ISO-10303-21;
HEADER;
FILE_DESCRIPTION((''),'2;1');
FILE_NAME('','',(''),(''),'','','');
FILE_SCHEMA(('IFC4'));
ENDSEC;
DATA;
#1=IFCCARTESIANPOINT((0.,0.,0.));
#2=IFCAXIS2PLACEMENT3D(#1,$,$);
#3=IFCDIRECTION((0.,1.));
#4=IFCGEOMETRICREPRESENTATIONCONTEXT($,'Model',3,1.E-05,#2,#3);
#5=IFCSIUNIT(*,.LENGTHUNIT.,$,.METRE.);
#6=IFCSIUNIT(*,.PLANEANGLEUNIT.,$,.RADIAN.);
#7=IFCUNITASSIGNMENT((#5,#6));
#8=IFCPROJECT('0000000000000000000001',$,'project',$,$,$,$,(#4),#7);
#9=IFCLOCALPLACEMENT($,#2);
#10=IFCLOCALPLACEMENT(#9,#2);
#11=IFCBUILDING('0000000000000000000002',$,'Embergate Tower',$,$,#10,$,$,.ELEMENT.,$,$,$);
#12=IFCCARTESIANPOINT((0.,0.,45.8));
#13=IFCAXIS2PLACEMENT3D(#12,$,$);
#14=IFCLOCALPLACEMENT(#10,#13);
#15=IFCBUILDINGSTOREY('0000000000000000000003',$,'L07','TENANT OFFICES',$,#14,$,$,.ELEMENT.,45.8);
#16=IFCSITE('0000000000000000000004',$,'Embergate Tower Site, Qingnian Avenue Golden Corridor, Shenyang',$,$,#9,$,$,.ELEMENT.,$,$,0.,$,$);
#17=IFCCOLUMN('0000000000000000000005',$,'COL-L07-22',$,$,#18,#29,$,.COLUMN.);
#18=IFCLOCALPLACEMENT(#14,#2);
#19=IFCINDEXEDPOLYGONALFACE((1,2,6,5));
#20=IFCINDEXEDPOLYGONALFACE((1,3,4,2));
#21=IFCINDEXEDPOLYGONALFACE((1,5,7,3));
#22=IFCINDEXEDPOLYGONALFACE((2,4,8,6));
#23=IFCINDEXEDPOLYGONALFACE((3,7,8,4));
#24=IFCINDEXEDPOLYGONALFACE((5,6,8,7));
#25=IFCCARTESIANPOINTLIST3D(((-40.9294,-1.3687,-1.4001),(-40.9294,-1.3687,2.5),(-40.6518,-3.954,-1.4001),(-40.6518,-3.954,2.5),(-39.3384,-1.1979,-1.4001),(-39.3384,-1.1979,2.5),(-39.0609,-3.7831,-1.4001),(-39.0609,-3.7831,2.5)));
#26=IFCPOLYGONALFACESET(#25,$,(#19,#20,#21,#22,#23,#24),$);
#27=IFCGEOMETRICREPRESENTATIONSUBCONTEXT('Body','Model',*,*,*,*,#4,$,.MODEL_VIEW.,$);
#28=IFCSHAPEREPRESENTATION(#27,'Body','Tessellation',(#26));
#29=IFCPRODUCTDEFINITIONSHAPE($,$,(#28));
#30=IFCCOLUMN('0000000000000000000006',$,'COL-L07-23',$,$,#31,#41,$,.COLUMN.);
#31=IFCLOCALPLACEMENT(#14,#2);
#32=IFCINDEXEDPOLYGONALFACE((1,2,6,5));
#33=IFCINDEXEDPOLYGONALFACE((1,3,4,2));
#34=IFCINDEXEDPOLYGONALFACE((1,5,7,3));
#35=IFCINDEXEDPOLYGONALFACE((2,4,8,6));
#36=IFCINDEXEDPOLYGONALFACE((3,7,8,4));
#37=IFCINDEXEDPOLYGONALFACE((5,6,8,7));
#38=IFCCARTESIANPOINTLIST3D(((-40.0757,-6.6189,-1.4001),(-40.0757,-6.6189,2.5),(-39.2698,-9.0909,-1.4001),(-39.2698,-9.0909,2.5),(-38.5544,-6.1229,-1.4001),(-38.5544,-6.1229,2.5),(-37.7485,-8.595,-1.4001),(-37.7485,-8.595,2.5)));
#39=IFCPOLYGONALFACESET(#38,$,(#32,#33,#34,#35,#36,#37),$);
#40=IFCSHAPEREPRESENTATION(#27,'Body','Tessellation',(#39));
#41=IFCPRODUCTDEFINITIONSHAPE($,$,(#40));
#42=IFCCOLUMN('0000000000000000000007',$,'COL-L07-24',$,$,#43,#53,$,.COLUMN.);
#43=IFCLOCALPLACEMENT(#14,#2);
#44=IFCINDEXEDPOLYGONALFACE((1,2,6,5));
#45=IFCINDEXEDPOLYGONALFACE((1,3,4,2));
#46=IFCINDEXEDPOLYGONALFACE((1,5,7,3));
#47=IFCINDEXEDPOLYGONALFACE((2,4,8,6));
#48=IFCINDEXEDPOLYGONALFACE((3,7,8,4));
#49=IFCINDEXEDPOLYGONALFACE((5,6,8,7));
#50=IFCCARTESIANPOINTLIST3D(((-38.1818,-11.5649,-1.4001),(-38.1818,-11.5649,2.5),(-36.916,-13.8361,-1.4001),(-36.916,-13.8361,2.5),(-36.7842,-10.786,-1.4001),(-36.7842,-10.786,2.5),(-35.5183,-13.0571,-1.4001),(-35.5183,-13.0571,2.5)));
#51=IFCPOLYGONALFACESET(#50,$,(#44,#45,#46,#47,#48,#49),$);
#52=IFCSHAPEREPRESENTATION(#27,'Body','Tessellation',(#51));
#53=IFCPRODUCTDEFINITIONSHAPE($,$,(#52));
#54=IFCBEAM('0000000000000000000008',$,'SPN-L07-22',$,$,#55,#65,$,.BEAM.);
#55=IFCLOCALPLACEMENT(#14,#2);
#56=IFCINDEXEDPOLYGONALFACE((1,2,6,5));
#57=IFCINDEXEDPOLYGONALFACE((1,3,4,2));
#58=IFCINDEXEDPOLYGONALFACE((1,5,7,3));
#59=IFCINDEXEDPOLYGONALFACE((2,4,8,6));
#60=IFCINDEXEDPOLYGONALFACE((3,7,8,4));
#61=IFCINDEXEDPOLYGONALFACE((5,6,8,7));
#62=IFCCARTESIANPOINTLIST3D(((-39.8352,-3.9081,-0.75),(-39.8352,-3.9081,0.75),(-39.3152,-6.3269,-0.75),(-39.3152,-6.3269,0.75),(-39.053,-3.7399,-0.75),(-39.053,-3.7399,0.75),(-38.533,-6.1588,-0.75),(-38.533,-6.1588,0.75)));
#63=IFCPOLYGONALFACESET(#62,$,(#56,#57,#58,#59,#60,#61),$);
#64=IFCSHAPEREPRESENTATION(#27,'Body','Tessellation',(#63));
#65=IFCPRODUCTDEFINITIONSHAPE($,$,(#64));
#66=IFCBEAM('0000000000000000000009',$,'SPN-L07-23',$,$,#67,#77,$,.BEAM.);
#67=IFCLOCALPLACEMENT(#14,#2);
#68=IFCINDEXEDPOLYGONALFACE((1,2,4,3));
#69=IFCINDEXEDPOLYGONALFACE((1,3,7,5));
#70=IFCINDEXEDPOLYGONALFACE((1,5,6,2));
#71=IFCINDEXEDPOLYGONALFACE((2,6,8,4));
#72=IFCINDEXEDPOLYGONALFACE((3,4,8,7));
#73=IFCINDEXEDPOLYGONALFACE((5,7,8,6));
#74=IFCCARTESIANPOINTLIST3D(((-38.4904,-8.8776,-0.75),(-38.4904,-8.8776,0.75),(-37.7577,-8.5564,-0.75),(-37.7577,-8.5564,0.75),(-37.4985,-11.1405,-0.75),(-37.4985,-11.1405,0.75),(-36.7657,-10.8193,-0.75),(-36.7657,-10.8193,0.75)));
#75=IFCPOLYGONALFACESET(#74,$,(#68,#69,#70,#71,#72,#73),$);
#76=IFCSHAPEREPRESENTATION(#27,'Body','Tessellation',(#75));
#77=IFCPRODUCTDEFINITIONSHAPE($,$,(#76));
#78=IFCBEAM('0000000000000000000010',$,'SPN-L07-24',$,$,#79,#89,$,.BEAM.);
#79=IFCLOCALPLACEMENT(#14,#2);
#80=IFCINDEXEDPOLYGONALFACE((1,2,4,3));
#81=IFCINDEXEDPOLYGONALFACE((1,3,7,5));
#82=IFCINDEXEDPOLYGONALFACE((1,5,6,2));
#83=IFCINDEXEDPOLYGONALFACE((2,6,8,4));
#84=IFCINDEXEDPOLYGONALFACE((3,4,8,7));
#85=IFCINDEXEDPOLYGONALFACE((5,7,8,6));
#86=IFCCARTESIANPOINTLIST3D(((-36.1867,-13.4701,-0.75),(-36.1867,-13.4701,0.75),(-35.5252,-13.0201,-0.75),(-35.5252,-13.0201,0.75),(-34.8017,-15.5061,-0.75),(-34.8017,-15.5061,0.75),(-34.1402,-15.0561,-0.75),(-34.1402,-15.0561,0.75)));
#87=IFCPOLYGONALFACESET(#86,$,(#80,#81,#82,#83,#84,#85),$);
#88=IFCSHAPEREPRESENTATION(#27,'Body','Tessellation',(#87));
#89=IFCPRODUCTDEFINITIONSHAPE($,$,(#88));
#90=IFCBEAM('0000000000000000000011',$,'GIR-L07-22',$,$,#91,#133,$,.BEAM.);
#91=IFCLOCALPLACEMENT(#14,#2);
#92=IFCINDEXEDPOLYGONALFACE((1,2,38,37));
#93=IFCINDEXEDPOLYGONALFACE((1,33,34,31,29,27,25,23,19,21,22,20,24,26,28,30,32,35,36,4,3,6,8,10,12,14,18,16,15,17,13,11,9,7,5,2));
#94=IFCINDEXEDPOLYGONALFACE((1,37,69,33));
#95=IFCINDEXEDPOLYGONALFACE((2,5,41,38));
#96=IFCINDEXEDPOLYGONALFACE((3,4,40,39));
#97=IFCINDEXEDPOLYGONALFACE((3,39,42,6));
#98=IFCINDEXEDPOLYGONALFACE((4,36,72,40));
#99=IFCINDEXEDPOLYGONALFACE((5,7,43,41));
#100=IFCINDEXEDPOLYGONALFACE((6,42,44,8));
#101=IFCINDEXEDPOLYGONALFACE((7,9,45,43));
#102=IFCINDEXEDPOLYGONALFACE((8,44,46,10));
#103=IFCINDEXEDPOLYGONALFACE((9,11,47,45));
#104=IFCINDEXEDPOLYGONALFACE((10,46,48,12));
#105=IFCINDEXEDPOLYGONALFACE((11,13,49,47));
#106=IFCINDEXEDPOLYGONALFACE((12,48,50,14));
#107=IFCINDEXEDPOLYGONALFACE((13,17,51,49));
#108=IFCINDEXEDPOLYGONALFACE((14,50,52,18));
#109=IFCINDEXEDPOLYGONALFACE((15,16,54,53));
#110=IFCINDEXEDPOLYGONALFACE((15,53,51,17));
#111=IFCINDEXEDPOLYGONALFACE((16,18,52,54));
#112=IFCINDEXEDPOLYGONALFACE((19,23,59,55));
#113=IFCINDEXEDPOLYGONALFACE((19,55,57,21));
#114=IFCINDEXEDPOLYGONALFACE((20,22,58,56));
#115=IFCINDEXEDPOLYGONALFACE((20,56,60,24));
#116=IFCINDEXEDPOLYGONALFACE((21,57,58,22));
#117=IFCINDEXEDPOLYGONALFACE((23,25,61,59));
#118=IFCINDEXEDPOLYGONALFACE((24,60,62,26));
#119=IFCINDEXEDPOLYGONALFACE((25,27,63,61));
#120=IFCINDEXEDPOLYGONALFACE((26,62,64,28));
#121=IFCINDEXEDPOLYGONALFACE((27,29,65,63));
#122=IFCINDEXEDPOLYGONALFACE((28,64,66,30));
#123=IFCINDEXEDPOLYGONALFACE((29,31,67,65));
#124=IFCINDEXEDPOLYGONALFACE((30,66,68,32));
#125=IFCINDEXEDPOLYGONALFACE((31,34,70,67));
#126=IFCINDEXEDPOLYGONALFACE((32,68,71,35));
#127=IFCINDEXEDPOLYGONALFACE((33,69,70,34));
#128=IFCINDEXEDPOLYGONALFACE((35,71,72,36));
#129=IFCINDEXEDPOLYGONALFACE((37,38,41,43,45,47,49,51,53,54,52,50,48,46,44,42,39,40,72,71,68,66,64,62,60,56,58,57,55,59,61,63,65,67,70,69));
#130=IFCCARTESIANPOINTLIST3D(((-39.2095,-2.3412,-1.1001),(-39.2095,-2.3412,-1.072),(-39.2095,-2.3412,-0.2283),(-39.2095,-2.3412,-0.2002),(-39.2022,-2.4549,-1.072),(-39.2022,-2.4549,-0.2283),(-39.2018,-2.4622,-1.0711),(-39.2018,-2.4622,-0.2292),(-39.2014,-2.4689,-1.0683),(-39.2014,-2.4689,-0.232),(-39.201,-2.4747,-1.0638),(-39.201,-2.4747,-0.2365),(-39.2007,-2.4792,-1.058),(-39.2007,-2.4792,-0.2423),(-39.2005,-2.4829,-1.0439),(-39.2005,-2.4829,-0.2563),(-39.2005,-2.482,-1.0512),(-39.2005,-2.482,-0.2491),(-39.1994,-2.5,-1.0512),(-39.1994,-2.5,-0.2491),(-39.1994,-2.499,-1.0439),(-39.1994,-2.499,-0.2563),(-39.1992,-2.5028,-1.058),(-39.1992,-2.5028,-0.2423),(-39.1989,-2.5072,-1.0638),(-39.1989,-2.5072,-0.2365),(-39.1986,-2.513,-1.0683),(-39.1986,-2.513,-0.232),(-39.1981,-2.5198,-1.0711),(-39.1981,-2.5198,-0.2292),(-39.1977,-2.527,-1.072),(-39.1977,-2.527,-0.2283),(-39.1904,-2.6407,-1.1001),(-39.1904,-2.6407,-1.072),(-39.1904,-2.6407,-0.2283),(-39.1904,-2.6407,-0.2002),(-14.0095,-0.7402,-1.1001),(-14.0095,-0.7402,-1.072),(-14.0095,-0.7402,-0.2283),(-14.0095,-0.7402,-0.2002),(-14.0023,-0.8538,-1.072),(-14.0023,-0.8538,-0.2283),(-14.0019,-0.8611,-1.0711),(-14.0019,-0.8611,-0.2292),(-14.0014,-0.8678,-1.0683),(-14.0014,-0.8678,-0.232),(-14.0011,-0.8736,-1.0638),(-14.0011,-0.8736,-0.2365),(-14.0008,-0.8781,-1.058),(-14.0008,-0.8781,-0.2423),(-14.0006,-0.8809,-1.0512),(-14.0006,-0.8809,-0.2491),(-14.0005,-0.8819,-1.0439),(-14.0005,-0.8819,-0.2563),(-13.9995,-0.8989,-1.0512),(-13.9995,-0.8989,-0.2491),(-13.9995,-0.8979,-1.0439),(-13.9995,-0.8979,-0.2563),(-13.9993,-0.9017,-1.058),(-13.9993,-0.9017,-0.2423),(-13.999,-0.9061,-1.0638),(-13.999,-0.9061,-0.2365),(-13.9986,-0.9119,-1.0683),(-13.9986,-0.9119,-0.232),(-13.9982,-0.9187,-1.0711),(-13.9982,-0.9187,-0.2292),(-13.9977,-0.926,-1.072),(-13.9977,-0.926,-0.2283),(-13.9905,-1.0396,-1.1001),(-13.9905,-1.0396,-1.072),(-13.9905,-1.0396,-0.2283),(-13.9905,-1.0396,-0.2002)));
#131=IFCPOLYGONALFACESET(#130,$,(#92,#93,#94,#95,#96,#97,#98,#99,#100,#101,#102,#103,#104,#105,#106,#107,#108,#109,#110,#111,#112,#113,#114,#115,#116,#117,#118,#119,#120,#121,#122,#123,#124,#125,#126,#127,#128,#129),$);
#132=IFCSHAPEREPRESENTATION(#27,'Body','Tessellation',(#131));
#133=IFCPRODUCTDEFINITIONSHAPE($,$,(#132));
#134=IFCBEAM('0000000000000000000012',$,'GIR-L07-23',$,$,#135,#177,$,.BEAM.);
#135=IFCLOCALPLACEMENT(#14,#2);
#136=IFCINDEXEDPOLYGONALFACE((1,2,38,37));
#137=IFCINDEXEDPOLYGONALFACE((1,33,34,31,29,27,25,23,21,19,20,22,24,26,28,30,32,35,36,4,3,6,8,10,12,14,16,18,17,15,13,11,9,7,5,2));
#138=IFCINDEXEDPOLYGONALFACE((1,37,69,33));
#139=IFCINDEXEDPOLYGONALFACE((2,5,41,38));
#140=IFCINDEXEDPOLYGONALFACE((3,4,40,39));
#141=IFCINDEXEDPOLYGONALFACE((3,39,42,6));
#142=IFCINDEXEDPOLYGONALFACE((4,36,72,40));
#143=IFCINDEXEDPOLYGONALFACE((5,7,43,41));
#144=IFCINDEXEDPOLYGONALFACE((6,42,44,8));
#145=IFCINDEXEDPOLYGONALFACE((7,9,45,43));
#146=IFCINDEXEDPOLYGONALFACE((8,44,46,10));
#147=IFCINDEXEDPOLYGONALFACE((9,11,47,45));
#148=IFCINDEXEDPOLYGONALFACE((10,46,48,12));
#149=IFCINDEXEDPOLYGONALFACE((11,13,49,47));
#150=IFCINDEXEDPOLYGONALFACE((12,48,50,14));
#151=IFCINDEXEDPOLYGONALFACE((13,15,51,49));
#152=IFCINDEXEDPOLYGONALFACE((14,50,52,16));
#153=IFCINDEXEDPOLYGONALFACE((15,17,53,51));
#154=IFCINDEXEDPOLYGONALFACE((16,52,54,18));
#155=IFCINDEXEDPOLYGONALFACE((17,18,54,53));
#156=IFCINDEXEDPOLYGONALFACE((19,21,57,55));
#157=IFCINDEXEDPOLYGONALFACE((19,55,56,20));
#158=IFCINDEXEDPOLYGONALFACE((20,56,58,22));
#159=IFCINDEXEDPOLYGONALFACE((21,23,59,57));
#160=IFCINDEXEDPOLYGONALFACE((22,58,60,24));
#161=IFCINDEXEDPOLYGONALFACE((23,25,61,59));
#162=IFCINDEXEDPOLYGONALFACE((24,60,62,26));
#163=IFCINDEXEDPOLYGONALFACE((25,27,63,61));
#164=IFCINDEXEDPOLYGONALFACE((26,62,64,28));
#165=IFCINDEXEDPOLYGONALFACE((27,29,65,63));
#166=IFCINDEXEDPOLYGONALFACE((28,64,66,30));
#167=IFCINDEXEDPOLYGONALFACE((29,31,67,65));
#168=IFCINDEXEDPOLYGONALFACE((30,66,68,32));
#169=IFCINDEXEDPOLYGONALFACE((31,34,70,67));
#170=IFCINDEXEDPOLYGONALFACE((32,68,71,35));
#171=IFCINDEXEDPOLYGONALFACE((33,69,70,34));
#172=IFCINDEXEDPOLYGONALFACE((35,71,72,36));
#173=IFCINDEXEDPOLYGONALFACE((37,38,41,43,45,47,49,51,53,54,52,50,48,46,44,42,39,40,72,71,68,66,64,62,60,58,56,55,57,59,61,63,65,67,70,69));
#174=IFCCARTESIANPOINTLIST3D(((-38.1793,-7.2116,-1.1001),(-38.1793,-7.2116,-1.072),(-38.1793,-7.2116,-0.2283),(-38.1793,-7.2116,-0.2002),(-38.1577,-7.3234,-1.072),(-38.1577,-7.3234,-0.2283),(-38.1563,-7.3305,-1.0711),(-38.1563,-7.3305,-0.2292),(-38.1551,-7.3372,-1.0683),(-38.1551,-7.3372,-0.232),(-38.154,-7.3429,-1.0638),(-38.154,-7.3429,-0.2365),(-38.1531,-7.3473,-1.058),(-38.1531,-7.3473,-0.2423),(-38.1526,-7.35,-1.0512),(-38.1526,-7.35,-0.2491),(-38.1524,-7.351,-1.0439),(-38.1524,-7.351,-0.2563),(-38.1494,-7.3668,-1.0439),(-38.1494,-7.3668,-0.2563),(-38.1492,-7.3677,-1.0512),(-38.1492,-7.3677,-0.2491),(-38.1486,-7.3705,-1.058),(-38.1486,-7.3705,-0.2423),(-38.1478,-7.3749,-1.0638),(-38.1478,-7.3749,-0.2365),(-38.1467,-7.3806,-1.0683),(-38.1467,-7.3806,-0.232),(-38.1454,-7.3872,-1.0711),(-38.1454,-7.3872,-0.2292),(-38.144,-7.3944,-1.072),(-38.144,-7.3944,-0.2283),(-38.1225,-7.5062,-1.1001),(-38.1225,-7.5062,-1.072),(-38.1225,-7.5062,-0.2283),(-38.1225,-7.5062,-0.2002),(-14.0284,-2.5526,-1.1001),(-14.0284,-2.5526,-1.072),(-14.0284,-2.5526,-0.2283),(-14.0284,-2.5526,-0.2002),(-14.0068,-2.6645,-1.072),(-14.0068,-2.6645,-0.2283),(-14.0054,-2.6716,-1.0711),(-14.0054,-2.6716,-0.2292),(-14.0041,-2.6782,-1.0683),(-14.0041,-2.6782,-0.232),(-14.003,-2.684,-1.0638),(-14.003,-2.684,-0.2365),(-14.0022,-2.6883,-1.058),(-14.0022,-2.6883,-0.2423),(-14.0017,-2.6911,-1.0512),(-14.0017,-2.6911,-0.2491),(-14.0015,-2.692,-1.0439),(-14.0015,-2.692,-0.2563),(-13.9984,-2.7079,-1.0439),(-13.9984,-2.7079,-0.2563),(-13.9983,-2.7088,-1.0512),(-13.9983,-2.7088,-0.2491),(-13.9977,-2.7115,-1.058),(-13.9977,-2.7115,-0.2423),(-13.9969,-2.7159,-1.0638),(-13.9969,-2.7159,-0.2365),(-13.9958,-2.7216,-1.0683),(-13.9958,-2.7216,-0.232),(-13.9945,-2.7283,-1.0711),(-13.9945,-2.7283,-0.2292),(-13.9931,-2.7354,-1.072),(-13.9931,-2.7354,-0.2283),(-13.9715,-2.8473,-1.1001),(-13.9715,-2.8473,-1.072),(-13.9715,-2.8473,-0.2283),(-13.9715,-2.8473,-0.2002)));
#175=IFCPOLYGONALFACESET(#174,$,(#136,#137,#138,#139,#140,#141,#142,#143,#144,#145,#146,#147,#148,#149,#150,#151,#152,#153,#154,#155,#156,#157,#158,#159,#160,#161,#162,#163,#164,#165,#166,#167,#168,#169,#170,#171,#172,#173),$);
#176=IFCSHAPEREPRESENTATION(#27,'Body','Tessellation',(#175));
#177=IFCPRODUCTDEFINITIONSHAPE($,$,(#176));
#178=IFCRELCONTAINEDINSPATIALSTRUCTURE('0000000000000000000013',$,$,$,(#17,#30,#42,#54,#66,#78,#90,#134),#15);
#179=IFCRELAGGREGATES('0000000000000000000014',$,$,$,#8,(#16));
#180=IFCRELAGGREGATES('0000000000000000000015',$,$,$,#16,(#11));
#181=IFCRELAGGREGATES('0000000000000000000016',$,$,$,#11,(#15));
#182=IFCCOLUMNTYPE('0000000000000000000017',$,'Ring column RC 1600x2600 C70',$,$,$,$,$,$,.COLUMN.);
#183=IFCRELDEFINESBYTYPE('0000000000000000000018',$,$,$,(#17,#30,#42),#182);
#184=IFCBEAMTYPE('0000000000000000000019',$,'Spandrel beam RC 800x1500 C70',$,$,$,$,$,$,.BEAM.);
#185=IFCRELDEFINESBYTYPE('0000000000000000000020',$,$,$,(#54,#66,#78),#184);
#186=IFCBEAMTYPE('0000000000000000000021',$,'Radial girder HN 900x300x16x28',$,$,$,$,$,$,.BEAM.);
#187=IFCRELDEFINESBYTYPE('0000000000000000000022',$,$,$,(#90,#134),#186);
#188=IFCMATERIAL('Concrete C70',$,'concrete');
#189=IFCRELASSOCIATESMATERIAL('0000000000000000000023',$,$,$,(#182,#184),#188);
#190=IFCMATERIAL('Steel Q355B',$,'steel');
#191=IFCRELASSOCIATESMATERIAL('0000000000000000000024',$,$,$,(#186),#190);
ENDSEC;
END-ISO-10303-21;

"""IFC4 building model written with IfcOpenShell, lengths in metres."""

from ifc_helpers import new_model, si_unit, direction, frame, origin, origin_2d, place, context, subcontext, project, spatial, rectangle, i_section, extrude, source, transform, mapped, material, material_profile, profile_set, type_object, element, save


model = new_model("IFC4")

# Units and contexts
model_context = context("Model", 3, precision=1e-05, world=origin(), true_north=direction((0.0, 1.0)))
body_context = subcontext(model_context, "Body", "Model", "MODEL_VIEW")
ifc_project = project(units=[si_unit("LENGTHUNIT", "METRE"), si_unit("PLANEANGLEUNIT", "RADIAN")], contexts=[model_context])

# Site, building, storey
site_placement = place(None, origin())
site = spatial("IfcSite", under=ifc_project, at=site_placement, Name="Embergate Tower Site, Qingnian Avenue Golden Corridor, Shenyang", CompositionType="ELEMENT", RefElevation=0.0)
building_placement = place(site_placement, origin())
building = spatial("IfcBuilding", under=site, at=building_placement, Name="Embergate Tower", CompositionType="ELEMENT")
storey_placement = place(building_placement, frame((0.0, 0.0, 45.8)))
storey = spatial("IfcBuildingStorey", under=building, at=storey_placement, Name="L07", Description="TENANT OFFICES", CompositionType="ELEMENT", Elevation=45.8)

# Columns
ifc_material_1 = material(Name="Concrete C70", Category="concrete")
ifc_material_profile_1 = material_profile(ifc_material_1, rectangle(XDim=1.6001, YDim=2.6001, at=origin_2d()), Name="RC 1600x2600")
ifc_profile_set_1 = profile_set([ifc_material_profile_1], Name="Concrete C70")
column_type = type_object("IfcColumnType", Name="Ring column RC 1600x2600 C70", PredefinedType="COLUMN", material=ifc_profile_set_1)
shared_shape_1 = source(origin(), body_context, "Body", "SweptSolid", [
    extrude(rectangle(XDim=1.6001, YDim=2.6001, at=origin_2d()), origin(), (0.0, 0.0, 1.0), 3.9001),
])
for number, where, z_axis, x_axis, name in (
    (1, (-39.9951, -2.5759, -1.4001), (0.0, 0.0, 1.0), (-0.994286, -0.10675, 0.0), "COL-L07-22"),
    (2, (-38.9121, -7.6069, -1.4001), (0.0, 0.0, 1.0), (-0.950754, -0.309946, 0.0), "COL-L07-23"),
    (3, (-36.8501, -12.311, -1.4001), (0.0, 0.0, 1.0), (-0.873492, -0.486839, 0.0), "COL-L07-24"),
):
    element("IfcColumn", number, at=place(storey_placement, frame(where, z_axis=z_axis, x_axis=x_axis)), inside=storey, type_object=column_type, Name=name, PredefinedType="COLUMN", context=body_context, shape_type="MappedRepresentation", body=[
        mapped(shared_shape_1, transform((0.0, 0.0, 0.0))),
    ])

# Beams
ifc_material_profile_2 = material_profile(ifc_material_1, rectangle(XDim=0.8, YDim=1.5, at=origin_2d()), Name="RC 800x1500")
ifc_profile_set_2 = profile_set([ifc_material_profile_2], Name="Concrete C70")
beam_type_1 = type_object("IfcBeamType", Name="Spandrel beam RC 800x1500 C70", PredefinedType="BEAM", material=ifc_profile_set_2)
shared_shape_2 = source(origin(), body_context, "Body", "SweptSolid", [
    extrude(rectangle(XDim=0.8, YDim=1.5, at=origin_2d()), origin(), (0.0, 0.0, 1.0), 2.4741),
])
beam_1_placement = place(storey_placement, frame((-39.4441, -3.824, 0.0), z_axis=(0.210176, -0.977664, 0.0), x_axis=(0.977664, 0.210176, 0.0)))
element("IfcBeam", 4, at=beam_1_placement, inside=storey, type_object=beam_type_1, Name="SPN-L07-22", PredefinedType="BEAM", context=body_context, shape_type="MappedRepresentation", body=[
    mapped(shared_shape_2, transform((0.0, 0.0, 0.0))),
])
shared_shape_3 = source(origin(), body_context, "Body", "SweptSolid", [
    extrude(rectangle(XDim=0.8, YDim=1.5, at=origin_2d()), origin(), (0.0, 0.0, 1.0), 2.4707),
])
beam_2_placement = place(storey_placement, frame((-38.124, -8.717, 0.0), z_axis=(0.401467, -0.915874, 0.0), x_axis=(0.915874, 0.401467, 0.0)))
element("IfcBeam", 5, at=beam_2_placement, inside=storey, type_object=beam_type_1, Name="SPN-L07-23", PredefinedType="BEAM", context=body_context, shape_type="MappedRepresentation", body=[
    mapped(shared_shape_3, transform((0.0, 0.0, 0.0))),
])
shared_shape_4 = source(origin(), body_context, "Body", "SweptSolid", [
    extrude(rectangle(XDim=0.8, YDim=1.5, at=origin_2d()), origin(), (0.0, 0.0, 1.0), 2.4624),
])
beam_3_placement = place(storey_placement, frame((-35.856, -13.2451, 0.0), z_axis=(0.562478, -0.826812, 0.0), x_axis=(0.826812, 0.562478, 0.0)))
element("IfcBeam", 6, at=beam_3_placement, inside=storey, type_object=beam_type_1, Name="SPN-L07-24", PredefinedType="BEAM", context=body_context, shape_type="MappedRepresentation", body=[
    mapped(shared_shape_4, transform((0.0, 0.0, 0.0))),
])
ifc_material_2 = material(Name="Steel Q355B", Category="steel")
ifc_material_profile_3 = material_profile(ifc_material_2, i_section(OverallWidth=0.3, OverallDepth=0.8999, WebThickness=0.0161, FlangeThickness=0.0281, FilletRadius=0.0281, at=origin_2d()), Name="HN 900x300x16x28")
ifc_profile_set_3 = profile_set([ifc_material_profile_3], Name="Steel Q355 grade B")
beam_type_2 = type_object("IfcBeamType", Name="Radial girder HN 900x300x16x28", PredefinedType="BEAM", material=ifc_profile_set_3)
shared_shape_5 = source(origin(), body_context, "Body", "SweptSolid", [
    extrude(i_section(OverallWidth=0.3, OverallDepth=0.8999, WebThickness=0.0161, FlangeThickness=0.0281, FilletRadius=0.0281, at=origin_2d()), origin(), (0.0, 0.0, 1.0), 25.2507),
])
beam_4_placement = place(storey_placement, frame((-39.2, -2.491, -0.6501), z_axis=(0.997988, 0.063407, 0.0), x_axis=(-0.063407, 0.997988, 0.0)))
element("IfcBeam", 7, at=beam_4_placement, inside=storey, type_object=beam_type_2, Name="GIR-L07-22", PredefinedType="BEAM", context=body_context, shape_type="MappedRepresentation", body=[
    mapped(shared_shape_5, transform((0.0, 0.0, 0.0))),
])
shared_shape_6 = source(origin(), body_context, "Body", "SweptSolid", [
    extrude(i_section(OverallWidth=0.3, OverallDepth=0.8999, WebThickness=0.0161, FlangeThickness=0.0281, FilletRadius=0.0281, at=origin_2d()), origin(), (0.0, 0.0, 1.0), 24.5962),
])
beam_5_placement = place(storey_placement, frame((-38.1509, -7.3589, -0.6501), z_axis=(0.981897, 0.189417, 0.0), x_axis=(-0.189417, 0.981897, 0.0)))
element("IfcBeam", 8, at=beam_5_placement, inside=storey, type_object=beam_type_2, Name="GIR-L07-23", PredefinedType="BEAM", context=body_context, shape_type="MappedRepresentation", body=[
    mapped(shared_shape_6, transform((0.0, 0.0, 0.0))),
])

save(model, "model.ifc")
